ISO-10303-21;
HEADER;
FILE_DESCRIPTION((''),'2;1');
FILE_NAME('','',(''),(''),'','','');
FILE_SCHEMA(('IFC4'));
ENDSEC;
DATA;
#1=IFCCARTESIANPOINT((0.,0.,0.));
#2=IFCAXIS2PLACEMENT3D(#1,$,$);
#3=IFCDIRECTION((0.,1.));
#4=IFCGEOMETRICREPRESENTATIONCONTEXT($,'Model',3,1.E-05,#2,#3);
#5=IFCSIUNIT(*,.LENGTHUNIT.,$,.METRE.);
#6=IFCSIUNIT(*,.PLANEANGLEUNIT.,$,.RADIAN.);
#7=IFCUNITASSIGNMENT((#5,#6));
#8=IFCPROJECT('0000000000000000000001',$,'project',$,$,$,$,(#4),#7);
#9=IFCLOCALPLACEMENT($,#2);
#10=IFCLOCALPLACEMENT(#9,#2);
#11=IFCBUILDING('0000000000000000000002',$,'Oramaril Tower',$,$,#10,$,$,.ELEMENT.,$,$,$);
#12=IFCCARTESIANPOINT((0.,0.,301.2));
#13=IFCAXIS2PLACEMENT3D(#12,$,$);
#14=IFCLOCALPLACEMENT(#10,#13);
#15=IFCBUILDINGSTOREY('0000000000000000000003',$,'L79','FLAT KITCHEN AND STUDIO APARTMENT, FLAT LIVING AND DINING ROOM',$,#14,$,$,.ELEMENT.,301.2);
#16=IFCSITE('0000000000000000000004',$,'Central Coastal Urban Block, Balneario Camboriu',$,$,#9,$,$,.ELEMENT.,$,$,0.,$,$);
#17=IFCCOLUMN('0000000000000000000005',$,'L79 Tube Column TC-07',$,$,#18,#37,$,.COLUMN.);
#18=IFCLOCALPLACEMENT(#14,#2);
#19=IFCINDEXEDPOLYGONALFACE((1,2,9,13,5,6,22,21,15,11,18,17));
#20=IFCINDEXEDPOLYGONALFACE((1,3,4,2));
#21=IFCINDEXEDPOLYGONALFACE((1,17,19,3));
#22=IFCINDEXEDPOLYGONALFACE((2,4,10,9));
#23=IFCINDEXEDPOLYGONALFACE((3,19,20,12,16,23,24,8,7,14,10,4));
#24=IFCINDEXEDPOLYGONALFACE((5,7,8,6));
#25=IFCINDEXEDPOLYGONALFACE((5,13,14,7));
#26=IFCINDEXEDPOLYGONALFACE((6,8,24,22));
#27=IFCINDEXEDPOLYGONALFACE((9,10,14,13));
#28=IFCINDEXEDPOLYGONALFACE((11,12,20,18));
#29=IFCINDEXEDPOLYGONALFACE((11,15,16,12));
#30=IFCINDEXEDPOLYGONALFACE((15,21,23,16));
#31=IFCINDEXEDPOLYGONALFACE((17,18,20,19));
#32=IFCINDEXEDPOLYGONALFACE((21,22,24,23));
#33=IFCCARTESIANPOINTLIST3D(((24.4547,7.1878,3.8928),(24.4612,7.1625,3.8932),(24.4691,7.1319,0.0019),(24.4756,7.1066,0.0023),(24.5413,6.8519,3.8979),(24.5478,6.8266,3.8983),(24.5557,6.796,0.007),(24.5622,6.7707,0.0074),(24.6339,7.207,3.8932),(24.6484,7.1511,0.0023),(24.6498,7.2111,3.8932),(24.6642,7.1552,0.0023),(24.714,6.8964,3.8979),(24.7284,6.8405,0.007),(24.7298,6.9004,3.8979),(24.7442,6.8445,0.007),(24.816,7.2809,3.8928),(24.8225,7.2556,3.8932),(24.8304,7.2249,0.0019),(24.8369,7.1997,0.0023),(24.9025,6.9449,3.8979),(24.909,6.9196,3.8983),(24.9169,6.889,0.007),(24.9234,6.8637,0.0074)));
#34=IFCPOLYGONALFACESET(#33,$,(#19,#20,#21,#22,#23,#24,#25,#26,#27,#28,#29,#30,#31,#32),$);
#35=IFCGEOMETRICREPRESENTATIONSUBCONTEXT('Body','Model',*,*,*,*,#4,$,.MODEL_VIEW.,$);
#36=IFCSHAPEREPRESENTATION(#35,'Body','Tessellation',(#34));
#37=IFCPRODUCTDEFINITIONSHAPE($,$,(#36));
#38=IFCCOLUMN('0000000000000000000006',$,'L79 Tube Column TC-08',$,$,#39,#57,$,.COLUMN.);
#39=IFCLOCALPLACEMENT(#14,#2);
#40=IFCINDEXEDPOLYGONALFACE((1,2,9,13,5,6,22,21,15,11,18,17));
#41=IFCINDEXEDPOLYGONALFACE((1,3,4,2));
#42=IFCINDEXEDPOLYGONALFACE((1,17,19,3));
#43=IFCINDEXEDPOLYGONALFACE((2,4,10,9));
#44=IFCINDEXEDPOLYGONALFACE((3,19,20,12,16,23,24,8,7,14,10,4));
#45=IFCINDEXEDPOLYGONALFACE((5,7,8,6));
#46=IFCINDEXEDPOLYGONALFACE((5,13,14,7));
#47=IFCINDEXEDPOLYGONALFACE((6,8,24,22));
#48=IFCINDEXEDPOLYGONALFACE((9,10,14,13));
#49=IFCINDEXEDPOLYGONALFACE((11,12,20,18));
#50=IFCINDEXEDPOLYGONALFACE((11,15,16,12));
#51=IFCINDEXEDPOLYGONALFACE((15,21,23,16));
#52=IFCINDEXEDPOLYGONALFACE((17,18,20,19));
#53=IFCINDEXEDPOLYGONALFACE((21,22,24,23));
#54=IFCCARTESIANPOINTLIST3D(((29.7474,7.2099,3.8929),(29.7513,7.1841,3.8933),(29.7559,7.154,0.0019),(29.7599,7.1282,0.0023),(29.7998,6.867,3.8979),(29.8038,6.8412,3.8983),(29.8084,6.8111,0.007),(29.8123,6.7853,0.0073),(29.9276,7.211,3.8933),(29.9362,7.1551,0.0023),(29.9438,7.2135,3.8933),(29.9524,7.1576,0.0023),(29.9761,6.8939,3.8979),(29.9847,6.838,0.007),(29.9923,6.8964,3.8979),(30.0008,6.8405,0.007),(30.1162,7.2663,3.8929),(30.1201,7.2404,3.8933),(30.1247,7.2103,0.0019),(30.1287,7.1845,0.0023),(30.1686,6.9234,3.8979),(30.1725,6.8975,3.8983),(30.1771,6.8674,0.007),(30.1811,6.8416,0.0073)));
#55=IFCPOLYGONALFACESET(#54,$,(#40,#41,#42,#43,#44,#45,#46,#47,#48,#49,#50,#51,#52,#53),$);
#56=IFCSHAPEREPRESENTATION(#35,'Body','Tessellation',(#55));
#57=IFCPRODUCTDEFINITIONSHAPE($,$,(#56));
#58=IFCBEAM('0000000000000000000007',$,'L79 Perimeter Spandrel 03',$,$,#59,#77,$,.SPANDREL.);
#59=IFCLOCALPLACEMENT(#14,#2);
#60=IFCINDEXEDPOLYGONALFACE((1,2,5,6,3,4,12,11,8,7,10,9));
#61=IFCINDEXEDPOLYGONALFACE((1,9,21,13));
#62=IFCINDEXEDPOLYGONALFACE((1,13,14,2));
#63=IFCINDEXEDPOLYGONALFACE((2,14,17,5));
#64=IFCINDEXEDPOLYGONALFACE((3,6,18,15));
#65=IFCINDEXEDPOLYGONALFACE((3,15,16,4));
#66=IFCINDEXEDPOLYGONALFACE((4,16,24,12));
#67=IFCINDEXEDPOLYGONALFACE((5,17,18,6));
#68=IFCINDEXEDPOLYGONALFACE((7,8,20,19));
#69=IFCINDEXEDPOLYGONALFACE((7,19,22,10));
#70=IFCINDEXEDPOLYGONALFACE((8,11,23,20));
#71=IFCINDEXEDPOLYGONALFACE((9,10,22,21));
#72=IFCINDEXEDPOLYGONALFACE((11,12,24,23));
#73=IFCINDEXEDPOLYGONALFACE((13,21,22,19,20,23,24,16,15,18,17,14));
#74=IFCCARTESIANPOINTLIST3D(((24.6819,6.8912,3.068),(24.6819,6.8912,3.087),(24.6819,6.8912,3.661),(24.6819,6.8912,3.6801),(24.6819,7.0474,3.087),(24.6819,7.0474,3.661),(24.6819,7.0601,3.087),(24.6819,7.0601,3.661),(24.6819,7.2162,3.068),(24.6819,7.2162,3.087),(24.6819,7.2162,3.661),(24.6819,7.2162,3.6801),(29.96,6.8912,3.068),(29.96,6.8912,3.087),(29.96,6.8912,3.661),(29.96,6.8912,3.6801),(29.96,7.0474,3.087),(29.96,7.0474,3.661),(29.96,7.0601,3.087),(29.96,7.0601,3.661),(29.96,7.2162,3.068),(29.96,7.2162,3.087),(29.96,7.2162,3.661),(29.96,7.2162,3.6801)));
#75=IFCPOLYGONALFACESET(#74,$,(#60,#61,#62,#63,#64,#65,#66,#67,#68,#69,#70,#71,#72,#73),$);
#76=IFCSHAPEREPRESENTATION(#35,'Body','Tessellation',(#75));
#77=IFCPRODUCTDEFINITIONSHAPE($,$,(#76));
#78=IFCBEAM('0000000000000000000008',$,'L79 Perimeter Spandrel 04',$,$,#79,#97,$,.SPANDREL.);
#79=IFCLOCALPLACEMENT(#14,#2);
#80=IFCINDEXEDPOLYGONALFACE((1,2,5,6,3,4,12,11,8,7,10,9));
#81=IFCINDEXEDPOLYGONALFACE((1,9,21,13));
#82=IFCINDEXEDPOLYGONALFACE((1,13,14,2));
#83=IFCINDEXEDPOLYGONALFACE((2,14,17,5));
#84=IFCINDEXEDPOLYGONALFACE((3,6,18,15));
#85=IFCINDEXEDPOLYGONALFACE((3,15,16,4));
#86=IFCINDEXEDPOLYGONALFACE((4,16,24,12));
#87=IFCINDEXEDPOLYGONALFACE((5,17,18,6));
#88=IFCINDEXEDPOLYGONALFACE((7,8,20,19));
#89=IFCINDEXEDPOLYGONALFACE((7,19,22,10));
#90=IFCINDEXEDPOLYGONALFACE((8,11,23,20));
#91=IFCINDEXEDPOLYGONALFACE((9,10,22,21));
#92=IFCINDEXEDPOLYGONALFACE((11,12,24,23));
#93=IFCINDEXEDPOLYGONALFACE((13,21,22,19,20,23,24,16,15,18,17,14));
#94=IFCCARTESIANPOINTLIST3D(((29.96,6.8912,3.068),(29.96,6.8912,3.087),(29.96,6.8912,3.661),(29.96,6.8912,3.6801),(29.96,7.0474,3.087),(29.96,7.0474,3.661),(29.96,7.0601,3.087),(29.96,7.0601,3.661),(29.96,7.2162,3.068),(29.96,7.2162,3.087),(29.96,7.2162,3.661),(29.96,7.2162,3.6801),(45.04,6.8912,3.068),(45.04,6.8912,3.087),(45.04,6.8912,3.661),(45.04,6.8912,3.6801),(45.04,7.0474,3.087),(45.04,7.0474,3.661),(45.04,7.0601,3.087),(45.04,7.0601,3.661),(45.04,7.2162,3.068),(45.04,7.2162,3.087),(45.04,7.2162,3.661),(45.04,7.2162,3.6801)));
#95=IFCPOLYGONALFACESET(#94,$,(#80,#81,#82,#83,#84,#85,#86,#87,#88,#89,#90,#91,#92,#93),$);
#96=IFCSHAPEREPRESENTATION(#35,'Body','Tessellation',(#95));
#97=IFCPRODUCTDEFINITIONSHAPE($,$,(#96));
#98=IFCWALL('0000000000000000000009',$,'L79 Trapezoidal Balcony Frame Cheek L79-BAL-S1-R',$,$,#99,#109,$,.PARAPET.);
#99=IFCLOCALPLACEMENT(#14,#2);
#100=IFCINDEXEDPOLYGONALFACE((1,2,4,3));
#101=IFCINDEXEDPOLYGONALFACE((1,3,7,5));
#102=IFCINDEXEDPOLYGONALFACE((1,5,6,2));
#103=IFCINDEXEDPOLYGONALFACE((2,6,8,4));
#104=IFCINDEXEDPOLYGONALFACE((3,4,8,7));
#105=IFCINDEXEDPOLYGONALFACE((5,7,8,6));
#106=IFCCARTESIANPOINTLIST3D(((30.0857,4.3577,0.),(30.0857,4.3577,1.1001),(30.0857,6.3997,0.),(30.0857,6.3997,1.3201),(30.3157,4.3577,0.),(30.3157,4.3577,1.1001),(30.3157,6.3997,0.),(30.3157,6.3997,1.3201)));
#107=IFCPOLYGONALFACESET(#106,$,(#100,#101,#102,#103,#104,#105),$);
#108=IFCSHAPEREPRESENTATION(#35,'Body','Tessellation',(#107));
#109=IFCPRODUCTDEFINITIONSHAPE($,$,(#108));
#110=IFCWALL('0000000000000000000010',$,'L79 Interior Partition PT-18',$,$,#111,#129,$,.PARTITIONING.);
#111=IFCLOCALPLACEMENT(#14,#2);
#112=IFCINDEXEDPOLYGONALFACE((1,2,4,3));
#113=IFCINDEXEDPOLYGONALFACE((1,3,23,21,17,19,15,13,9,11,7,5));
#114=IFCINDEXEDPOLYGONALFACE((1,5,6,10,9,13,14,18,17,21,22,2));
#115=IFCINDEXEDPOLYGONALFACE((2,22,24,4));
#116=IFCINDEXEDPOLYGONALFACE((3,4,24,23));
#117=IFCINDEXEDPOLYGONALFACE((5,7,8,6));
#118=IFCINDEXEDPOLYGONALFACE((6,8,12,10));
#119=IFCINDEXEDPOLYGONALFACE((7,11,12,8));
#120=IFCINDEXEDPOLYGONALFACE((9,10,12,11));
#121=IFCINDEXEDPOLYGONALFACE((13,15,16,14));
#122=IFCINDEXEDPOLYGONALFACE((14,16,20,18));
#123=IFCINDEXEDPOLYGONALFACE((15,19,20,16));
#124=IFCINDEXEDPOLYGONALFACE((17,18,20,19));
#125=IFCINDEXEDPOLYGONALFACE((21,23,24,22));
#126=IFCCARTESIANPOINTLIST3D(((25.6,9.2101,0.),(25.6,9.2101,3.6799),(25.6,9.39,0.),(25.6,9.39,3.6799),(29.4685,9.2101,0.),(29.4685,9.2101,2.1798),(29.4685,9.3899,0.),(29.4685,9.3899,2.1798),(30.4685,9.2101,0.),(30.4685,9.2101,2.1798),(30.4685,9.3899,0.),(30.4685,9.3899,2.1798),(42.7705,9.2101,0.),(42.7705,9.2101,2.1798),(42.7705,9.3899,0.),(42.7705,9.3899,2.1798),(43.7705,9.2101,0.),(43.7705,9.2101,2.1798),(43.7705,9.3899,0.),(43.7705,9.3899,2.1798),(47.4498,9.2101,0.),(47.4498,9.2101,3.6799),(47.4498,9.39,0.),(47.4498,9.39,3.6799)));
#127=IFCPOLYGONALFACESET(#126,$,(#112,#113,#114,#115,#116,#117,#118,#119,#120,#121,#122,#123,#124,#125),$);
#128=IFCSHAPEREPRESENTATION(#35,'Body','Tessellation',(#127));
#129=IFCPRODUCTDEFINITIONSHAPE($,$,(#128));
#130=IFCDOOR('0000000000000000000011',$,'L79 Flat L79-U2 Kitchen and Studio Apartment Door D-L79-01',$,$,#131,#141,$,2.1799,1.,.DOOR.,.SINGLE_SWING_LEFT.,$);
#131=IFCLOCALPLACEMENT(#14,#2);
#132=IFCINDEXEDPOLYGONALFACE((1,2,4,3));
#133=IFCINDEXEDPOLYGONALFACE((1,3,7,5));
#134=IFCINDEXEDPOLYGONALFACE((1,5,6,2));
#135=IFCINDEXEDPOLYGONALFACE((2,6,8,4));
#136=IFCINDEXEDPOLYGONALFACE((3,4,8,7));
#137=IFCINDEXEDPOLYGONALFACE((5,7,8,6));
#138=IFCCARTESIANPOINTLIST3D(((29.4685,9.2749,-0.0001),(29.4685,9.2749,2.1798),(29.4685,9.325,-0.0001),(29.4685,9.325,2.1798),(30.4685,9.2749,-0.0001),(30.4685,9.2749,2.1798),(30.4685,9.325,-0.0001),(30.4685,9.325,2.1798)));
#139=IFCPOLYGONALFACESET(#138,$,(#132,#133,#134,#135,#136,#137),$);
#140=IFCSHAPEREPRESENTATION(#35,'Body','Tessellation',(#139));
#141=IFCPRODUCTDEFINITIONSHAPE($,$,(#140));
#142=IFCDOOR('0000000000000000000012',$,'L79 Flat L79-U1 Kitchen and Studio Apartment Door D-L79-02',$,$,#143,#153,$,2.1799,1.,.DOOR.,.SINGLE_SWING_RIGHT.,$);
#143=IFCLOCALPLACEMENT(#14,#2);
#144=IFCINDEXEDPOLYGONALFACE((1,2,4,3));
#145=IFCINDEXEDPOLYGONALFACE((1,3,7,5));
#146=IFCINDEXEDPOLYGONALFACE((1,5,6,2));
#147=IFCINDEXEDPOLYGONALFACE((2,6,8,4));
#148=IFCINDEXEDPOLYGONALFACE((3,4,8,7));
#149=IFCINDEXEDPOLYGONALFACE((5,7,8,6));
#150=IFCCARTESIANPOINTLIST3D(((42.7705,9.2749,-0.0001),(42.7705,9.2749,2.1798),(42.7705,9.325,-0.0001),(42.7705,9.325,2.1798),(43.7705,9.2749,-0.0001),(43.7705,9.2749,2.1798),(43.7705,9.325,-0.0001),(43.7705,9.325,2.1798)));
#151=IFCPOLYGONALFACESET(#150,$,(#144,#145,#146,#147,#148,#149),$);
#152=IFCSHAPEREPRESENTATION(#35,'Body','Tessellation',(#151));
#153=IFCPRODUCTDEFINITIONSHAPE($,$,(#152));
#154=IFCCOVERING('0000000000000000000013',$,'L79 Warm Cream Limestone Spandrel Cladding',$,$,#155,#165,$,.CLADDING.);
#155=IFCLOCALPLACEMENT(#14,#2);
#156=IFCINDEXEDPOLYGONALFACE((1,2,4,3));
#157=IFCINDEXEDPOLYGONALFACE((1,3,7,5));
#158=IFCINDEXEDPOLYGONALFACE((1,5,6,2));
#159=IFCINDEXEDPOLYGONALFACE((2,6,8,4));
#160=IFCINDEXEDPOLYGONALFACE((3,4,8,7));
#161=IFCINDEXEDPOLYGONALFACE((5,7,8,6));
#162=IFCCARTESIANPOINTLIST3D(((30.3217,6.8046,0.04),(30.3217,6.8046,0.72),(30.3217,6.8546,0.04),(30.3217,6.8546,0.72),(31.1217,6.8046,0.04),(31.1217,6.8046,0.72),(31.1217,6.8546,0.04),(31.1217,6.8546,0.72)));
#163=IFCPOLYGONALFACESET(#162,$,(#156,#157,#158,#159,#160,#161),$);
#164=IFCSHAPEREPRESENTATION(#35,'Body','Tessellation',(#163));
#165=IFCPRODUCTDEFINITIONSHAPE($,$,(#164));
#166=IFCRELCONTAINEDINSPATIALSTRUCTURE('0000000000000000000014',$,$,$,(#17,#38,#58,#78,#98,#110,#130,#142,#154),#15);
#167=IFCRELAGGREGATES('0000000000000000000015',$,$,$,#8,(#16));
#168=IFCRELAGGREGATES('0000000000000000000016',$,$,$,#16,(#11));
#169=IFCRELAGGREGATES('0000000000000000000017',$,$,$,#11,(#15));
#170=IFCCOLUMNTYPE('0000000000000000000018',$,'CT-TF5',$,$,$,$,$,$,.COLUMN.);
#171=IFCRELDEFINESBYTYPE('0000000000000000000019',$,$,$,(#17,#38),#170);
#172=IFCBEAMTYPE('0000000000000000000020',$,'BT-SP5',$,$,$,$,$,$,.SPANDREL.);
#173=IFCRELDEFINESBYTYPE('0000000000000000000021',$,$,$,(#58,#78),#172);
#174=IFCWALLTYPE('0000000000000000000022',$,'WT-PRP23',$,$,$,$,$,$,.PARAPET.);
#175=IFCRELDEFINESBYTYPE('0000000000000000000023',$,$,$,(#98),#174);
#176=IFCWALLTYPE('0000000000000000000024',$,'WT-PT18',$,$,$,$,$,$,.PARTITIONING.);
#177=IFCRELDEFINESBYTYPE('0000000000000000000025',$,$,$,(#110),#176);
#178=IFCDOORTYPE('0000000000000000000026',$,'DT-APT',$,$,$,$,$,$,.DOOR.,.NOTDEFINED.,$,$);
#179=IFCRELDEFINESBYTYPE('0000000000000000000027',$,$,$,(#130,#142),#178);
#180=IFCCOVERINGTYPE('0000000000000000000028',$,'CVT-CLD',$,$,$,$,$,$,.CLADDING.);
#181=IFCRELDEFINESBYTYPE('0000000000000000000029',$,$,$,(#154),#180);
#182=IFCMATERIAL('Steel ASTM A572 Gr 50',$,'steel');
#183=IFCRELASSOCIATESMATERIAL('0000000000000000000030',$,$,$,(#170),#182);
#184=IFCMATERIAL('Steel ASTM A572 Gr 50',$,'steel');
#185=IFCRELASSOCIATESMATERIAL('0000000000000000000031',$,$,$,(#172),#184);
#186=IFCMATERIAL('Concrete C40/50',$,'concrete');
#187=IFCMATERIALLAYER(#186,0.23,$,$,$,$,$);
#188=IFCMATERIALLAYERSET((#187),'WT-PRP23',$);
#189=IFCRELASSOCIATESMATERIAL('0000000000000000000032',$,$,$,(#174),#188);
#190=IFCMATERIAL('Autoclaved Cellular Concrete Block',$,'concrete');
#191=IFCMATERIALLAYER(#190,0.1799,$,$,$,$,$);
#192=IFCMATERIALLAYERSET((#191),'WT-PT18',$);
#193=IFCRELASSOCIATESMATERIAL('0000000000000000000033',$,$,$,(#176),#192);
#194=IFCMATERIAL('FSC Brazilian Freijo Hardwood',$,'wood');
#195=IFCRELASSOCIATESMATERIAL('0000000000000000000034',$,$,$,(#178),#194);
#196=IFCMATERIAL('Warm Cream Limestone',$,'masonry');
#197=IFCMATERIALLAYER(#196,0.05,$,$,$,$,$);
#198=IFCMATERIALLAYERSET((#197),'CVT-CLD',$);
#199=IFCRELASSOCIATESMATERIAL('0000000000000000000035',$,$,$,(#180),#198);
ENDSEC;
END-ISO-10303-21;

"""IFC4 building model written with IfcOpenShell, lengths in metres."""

from ifc_helpers import new_model, si_unit, direction, frame, frame_2d, origin, origin_2d, place, context, subcontext, project, spatial, polyline, rectangle, i_section, outline, extrude, material, layer, layer_set, material_profile, profile_set, type_object, element, fill, save


model = new_model("IFC4")

# Units and contexts
model_context = context("Model", 3, precision=1e-05, world=origin(), true_north=direction((0.0, 1.0)))
body_context = subcontext(model_context, "Body", "Model", "MODEL_VIEW")
ifc_project = project(units=[si_unit("LENGTHUNIT", "METRE"), si_unit("PLANEANGLEUNIT", "RADIAN")], contexts=[model_context])

# Site, building, storey
site_placement = place(None, origin())
site = spatial("IfcSite", under=ifc_project, at=site_placement, Name="Central Coastal Urban Block, Balneario Camboriu", CompositionType="ELEMENT", RefElevation=0.0)
building_placement = place(site_placement, origin())
building = spatial("IfcBuilding", under=site, at=building_placement, Name="Oramaril Tower", CompositionType="ELEMENT")
storey_placement = place(building_placement, frame((0.0, 0.0, 301.2)))
storey = spatial("IfcBuildingStorey", under=building, at=storey_placement, Name="L79", Description="FLAT KITCHEN AND STUDIO APARTMENT, FLAT LIVING AND DINING ROOM", CompositionType="ELEMENT", Elevation=301.2)

# Columns
ifc_material_1 = material(Name="Steel ASTM A572 Gr 50", Category="steel")
ifc_material_profile_1 = material_profile(ifc_material_1, i_section(OverallWidth=0.373, OverallDepth=0.373, WebThickness=0.0164, FlangeThickness=0.0261, at=origin_2d()), Name="W14X132")
ifc_profile_set_1 = profile_set([ifc_material_profile_1], Name="Steel ASTM A572 Gr 50")
column_type = type_object("IfcColumnType", Name="CT-TF5", PredefinedType="COLUMN", material=ifc_profile_set_1)
for number, where, z_axis, x_axis, name in (
    (1, (24.6963, 6.9978, 0.0046), (-0.003702, 0.014367, 0.99989), (-0.968376, -0.249494, 0.0), "L79 Tube Column TC-07"),
    (2, (29.9685, 6.9978, 0.0046), (-0.002196, 0.014368, 0.999894), (-0.988521, -0.151084, 0.0), "L79 Tube Column TC-08"),
):
    element("IfcColumn", number, at=place(storey_placement, frame(where, z_axis=z_axis, x_axis=x_axis)), inside=storey, type_object=column_type, Name=name, PredefinedType="COLUMN", context=body_context, shape_type="SweptSolid", body=[
        extrude(i_section(OverallWidth=0.373, OverallDepth=0.373, WebThickness=0.0164, FlangeThickness=0.0261, at=origin_2d()), origin(), (0.0, 0.0, 1.0), 3.8914),
    ])

# Beams
ifc_material_2 = material(Name="Steel ASTM A572 Gr 50", Category="steel")
ifc_material_profile_2 = material_profile(ifc_material_2, i_section(OverallWidth=0.325, OverallDepth=0.6121, WebThickness=0.0127, FlangeThickness=0.019, at=origin_2d()), Name="W24X104")
ifc_profile_set_2 = profile_set([ifc_material_profile_2], Name="Steel ASTM A572 Gr 50")
beam_type = type_object("IfcBeamType", Name="BT-SP5", PredefinedType="SPANDREL", material=ifc_profile_set_2)
beam_1_placement = place(storey_placement, frame((24.6819, 7.0537, 3.374), z_axis=(1.0, 0.0, 0.0), x_axis=(0.0, 1.0, 0.0)))
element("IfcBeam", 3, at=beam_1_placement, inside=storey, type_object=beam_type, Name="L79 Perimeter Spandrel 03", PredefinedType="SPANDREL", context=body_context, shape_type="SweptSolid", body=[
    extrude(i_section(OverallWidth=0.325, OverallDepth=0.6121, WebThickness=0.0127, FlangeThickness=0.019, at=origin_2d()), origin(), (0.0, 0.0, 1.0), 5.2781),
])
beam_2_placement = place(storey_placement, frame((29.96, 7.0537, 3.374), z_axis=(1.0, 0.0, 0.0), x_axis=(0.0, 1.0, 0.0)))
element("IfcBeam", 4, at=beam_2_placement, inside=storey, type_object=beam_type, Name="L79 Perimeter Spandrel 04", PredefinedType="SPANDREL", context=body_context, shape_type="SweptSolid", body=[
    extrude(i_section(OverallWidth=0.325, OverallDepth=0.6121, WebThickness=0.0127, FlangeThickness=0.019, at=origin_2d()), origin(), (0.0, 0.0, 1.0), 15.0801),
])

# Wall
ifc_material_3 = material(Name="Concrete C40/50", Category="concrete")
ifc_layer_1 = layer(ifc_material_3, 0.23)
ifc_layer_set_1 = layer_set([ifc_layer_1], Name="WT-PRP23")
wall_type_1 = type_object("IfcWallType", Name="WT-PRP23", PredefinedType="PARAPET", material=ifc_layer_set_1)
wall_1_placement = place(storey_placement, frame((30.2007, 6.3997, 0.0), z_axis=(0.0, 0.0, 1.0), x_axis=(0.0, -1.0, 0.0)))
element("IfcWall", 5, at=wall_1_placement, inside=storey, type_object=wall_type_1, Name="L79 Trapezoidal Balcony Frame Cheek L79-BAL-S1-R", PredefinedType="PARAPET", context=body_context, shape_type="SweptSolid", body=[
    extrude(outline(polyline([(0.0, 0.0), (2.042, 0.0), (2.042, 1.1001), (0.0, 1.3201), (0.0, 0.0)])), frame((0.0, 0.115, 0.0), z_axis=(0.0, -1.0, 0.0), x_axis=(1.0, 0.0, 0.0)), (0.0, 0.0, 1.0), 0.23),
])

# Wall, openings, doors
ifc_material_4 = material(Name="Autoclaved Cellular Concrete Block", Category="concrete")
ifc_layer_2 = layer(ifc_material_4, 0.1799)
ifc_layer_set_2 = layer_set([ifc_layer_2], Name="WT-PT18")
wall_type_2 = type_object("IfcWallType", Name="WT-PT18", PredefinedType="PARTITIONING", material=ifc_layer_set_2)
wall_2_placement = place(storey_placement, frame((25.6001, 9.3, 0.0), z_axis=(0.0, 0.0, 1.0), x_axis=(1.0, 0.0, 0.0)))
wall_2 = element("IfcWall", 6, at=wall_2_placement, inside=storey, type_object=wall_type_2, Name="L79 Interior Partition PT-18", PredefinedType="PARTITIONING", context=body_context, shape_type="SweptSolid", body=[
    extrude(rectangle(XDim=21.8499, YDim=0.1799, at=frame_2d((10.9248, 0.0))), origin(), (0.0, 0.0, 1.0), 3.6799),
])
opening_1_placement = place(wall_2_placement, frame((3.8684, 0.0, 0.0)))
opening_1 = element("IfcOpeningElement", 7, at=opening_1_placement, cuts=wall_2, PredefinedType="OPENING", context=body_context, shape_type="SweptSolid", body=[
    extrude(rectangle(XDim=1.0, YDim=2.1799, at=frame_2d((0.5, 1.0898))), frame((0.0, 0.0898, 0.0), z_axis=(0.0, -1.0, 0.0), x_axis=(1.0, 0.0, 0.0)), (0.0, 0.0, 1.0), 0.1799),
])
opening_2_placement = place(wall_2_placement, frame((17.1704, 0.0, 0.0)))
opening_2 = element("IfcOpeningElement", 8, at=opening_2_placement, cuts=wall_2, PredefinedType="OPENING", context=body_context, shape_type="SweptSolid", body=[
    extrude(rectangle(XDim=1.0, YDim=2.1799, at=frame_2d((0.5, 1.0898))), frame((0.0, 0.0898, 0.0), z_axis=(0.0, -1.0, 0.0), x_axis=(1.0, 0.0, 0.0)), (0.0, 0.0, 1.0), 0.1799),
])
ifc_material_5 = material(Name="FSC Brazilian Freijo Hardwood", Category="wood")
door_type = type_object("IfcDoorType", Name="DT-APT", OperationType="NOTDEFINED", PredefinedType="DOOR", material=ifc_material_5)
door_1_placement = place(opening_1_placement, origin())
door_1 = element("IfcDoor", 9, at=door_1_placement, inside=storey, type_object=door_type, Name="L79 Flat L79-U2 Kitchen and Studio Apartment Door D-L79-01", OperationType="SINGLE_SWING_LEFT", OverallHeight=2.1799, OverallWidth=1.0, PredefinedType="DOOR", context=body_context, shape_type="SweptSolid", body=[
    extrude(rectangle(XDim=1.0, YDim=2.1799, at=frame_2d((0.5, 1.0898))), frame((0.0, 0.0249, 0.0), z_axis=(0.0, -1.0, 0.0), x_axis=(1.0, 0.0, 0.0)), (0.0, 0.0, 1.0), 0.05),
])
fill(opening_1, door_1)
door_2_placement = place(opening_2_placement, origin())
door_2 = element("IfcDoor", 10, at=door_2_placement, inside=storey, type_object=door_type, Name="L79 Flat L79-U1 Kitchen and Studio Apartment Door D-L79-02", OperationType="SINGLE_SWING_RIGHT", OverallHeight=2.1799, OverallWidth=1.0, PredefinedType="DOOR", context=body_context, shape_type="SweptSolid", body=[
    extrude(rectangle(XDim=1.0, YDim=2.1799, at=frame_2d((0.5, 1.0898))), frame((0.0, 0.0249, 0.0), z_axis=(0.0, -1.0, 0.0), x_axis=(1.0, 0.0, 0.0)), (0.0, 0.0, 1.0), 0.05),
])
fill(opening_2, door_2)

# Covering
ifc_material_6 = material(Name="Warm Cream Limestone", Category="masonry")
ifc_layer_3 = layer(ifc_material_6, 0.05)
ifc_layer_set_3 = layer_set([ifc_layer_3], Name="CVT-CLD")
covering_type = type_object("IfcCoveringType", Name="CVT-CLD", PredefinedType="CLADDING", material=ifc_layer_set_3)
covering_placement = place(storey_placement, frame((30.7217, 6.8296, 0.04), z_axis=(0.0, 0.0, 1.0), x_axis=(1.0, 0.0, 0.0)))
element("IfcCovering", 11, at=covering_placement, inside=storey, type_object=covering_type, Name="L79 Warm Cream Limestone Spandrel Cladding", PredefinedType="CLADDING", context=body_context, shape_type="SweptSolid", body=[
    extrude(rectangle(XDim=0.8, YDim=0.05, at=origin_2d()), origin(), (0.0, 0.0, 1.0), 0.6799),
])

save(model, "model.ifc")
